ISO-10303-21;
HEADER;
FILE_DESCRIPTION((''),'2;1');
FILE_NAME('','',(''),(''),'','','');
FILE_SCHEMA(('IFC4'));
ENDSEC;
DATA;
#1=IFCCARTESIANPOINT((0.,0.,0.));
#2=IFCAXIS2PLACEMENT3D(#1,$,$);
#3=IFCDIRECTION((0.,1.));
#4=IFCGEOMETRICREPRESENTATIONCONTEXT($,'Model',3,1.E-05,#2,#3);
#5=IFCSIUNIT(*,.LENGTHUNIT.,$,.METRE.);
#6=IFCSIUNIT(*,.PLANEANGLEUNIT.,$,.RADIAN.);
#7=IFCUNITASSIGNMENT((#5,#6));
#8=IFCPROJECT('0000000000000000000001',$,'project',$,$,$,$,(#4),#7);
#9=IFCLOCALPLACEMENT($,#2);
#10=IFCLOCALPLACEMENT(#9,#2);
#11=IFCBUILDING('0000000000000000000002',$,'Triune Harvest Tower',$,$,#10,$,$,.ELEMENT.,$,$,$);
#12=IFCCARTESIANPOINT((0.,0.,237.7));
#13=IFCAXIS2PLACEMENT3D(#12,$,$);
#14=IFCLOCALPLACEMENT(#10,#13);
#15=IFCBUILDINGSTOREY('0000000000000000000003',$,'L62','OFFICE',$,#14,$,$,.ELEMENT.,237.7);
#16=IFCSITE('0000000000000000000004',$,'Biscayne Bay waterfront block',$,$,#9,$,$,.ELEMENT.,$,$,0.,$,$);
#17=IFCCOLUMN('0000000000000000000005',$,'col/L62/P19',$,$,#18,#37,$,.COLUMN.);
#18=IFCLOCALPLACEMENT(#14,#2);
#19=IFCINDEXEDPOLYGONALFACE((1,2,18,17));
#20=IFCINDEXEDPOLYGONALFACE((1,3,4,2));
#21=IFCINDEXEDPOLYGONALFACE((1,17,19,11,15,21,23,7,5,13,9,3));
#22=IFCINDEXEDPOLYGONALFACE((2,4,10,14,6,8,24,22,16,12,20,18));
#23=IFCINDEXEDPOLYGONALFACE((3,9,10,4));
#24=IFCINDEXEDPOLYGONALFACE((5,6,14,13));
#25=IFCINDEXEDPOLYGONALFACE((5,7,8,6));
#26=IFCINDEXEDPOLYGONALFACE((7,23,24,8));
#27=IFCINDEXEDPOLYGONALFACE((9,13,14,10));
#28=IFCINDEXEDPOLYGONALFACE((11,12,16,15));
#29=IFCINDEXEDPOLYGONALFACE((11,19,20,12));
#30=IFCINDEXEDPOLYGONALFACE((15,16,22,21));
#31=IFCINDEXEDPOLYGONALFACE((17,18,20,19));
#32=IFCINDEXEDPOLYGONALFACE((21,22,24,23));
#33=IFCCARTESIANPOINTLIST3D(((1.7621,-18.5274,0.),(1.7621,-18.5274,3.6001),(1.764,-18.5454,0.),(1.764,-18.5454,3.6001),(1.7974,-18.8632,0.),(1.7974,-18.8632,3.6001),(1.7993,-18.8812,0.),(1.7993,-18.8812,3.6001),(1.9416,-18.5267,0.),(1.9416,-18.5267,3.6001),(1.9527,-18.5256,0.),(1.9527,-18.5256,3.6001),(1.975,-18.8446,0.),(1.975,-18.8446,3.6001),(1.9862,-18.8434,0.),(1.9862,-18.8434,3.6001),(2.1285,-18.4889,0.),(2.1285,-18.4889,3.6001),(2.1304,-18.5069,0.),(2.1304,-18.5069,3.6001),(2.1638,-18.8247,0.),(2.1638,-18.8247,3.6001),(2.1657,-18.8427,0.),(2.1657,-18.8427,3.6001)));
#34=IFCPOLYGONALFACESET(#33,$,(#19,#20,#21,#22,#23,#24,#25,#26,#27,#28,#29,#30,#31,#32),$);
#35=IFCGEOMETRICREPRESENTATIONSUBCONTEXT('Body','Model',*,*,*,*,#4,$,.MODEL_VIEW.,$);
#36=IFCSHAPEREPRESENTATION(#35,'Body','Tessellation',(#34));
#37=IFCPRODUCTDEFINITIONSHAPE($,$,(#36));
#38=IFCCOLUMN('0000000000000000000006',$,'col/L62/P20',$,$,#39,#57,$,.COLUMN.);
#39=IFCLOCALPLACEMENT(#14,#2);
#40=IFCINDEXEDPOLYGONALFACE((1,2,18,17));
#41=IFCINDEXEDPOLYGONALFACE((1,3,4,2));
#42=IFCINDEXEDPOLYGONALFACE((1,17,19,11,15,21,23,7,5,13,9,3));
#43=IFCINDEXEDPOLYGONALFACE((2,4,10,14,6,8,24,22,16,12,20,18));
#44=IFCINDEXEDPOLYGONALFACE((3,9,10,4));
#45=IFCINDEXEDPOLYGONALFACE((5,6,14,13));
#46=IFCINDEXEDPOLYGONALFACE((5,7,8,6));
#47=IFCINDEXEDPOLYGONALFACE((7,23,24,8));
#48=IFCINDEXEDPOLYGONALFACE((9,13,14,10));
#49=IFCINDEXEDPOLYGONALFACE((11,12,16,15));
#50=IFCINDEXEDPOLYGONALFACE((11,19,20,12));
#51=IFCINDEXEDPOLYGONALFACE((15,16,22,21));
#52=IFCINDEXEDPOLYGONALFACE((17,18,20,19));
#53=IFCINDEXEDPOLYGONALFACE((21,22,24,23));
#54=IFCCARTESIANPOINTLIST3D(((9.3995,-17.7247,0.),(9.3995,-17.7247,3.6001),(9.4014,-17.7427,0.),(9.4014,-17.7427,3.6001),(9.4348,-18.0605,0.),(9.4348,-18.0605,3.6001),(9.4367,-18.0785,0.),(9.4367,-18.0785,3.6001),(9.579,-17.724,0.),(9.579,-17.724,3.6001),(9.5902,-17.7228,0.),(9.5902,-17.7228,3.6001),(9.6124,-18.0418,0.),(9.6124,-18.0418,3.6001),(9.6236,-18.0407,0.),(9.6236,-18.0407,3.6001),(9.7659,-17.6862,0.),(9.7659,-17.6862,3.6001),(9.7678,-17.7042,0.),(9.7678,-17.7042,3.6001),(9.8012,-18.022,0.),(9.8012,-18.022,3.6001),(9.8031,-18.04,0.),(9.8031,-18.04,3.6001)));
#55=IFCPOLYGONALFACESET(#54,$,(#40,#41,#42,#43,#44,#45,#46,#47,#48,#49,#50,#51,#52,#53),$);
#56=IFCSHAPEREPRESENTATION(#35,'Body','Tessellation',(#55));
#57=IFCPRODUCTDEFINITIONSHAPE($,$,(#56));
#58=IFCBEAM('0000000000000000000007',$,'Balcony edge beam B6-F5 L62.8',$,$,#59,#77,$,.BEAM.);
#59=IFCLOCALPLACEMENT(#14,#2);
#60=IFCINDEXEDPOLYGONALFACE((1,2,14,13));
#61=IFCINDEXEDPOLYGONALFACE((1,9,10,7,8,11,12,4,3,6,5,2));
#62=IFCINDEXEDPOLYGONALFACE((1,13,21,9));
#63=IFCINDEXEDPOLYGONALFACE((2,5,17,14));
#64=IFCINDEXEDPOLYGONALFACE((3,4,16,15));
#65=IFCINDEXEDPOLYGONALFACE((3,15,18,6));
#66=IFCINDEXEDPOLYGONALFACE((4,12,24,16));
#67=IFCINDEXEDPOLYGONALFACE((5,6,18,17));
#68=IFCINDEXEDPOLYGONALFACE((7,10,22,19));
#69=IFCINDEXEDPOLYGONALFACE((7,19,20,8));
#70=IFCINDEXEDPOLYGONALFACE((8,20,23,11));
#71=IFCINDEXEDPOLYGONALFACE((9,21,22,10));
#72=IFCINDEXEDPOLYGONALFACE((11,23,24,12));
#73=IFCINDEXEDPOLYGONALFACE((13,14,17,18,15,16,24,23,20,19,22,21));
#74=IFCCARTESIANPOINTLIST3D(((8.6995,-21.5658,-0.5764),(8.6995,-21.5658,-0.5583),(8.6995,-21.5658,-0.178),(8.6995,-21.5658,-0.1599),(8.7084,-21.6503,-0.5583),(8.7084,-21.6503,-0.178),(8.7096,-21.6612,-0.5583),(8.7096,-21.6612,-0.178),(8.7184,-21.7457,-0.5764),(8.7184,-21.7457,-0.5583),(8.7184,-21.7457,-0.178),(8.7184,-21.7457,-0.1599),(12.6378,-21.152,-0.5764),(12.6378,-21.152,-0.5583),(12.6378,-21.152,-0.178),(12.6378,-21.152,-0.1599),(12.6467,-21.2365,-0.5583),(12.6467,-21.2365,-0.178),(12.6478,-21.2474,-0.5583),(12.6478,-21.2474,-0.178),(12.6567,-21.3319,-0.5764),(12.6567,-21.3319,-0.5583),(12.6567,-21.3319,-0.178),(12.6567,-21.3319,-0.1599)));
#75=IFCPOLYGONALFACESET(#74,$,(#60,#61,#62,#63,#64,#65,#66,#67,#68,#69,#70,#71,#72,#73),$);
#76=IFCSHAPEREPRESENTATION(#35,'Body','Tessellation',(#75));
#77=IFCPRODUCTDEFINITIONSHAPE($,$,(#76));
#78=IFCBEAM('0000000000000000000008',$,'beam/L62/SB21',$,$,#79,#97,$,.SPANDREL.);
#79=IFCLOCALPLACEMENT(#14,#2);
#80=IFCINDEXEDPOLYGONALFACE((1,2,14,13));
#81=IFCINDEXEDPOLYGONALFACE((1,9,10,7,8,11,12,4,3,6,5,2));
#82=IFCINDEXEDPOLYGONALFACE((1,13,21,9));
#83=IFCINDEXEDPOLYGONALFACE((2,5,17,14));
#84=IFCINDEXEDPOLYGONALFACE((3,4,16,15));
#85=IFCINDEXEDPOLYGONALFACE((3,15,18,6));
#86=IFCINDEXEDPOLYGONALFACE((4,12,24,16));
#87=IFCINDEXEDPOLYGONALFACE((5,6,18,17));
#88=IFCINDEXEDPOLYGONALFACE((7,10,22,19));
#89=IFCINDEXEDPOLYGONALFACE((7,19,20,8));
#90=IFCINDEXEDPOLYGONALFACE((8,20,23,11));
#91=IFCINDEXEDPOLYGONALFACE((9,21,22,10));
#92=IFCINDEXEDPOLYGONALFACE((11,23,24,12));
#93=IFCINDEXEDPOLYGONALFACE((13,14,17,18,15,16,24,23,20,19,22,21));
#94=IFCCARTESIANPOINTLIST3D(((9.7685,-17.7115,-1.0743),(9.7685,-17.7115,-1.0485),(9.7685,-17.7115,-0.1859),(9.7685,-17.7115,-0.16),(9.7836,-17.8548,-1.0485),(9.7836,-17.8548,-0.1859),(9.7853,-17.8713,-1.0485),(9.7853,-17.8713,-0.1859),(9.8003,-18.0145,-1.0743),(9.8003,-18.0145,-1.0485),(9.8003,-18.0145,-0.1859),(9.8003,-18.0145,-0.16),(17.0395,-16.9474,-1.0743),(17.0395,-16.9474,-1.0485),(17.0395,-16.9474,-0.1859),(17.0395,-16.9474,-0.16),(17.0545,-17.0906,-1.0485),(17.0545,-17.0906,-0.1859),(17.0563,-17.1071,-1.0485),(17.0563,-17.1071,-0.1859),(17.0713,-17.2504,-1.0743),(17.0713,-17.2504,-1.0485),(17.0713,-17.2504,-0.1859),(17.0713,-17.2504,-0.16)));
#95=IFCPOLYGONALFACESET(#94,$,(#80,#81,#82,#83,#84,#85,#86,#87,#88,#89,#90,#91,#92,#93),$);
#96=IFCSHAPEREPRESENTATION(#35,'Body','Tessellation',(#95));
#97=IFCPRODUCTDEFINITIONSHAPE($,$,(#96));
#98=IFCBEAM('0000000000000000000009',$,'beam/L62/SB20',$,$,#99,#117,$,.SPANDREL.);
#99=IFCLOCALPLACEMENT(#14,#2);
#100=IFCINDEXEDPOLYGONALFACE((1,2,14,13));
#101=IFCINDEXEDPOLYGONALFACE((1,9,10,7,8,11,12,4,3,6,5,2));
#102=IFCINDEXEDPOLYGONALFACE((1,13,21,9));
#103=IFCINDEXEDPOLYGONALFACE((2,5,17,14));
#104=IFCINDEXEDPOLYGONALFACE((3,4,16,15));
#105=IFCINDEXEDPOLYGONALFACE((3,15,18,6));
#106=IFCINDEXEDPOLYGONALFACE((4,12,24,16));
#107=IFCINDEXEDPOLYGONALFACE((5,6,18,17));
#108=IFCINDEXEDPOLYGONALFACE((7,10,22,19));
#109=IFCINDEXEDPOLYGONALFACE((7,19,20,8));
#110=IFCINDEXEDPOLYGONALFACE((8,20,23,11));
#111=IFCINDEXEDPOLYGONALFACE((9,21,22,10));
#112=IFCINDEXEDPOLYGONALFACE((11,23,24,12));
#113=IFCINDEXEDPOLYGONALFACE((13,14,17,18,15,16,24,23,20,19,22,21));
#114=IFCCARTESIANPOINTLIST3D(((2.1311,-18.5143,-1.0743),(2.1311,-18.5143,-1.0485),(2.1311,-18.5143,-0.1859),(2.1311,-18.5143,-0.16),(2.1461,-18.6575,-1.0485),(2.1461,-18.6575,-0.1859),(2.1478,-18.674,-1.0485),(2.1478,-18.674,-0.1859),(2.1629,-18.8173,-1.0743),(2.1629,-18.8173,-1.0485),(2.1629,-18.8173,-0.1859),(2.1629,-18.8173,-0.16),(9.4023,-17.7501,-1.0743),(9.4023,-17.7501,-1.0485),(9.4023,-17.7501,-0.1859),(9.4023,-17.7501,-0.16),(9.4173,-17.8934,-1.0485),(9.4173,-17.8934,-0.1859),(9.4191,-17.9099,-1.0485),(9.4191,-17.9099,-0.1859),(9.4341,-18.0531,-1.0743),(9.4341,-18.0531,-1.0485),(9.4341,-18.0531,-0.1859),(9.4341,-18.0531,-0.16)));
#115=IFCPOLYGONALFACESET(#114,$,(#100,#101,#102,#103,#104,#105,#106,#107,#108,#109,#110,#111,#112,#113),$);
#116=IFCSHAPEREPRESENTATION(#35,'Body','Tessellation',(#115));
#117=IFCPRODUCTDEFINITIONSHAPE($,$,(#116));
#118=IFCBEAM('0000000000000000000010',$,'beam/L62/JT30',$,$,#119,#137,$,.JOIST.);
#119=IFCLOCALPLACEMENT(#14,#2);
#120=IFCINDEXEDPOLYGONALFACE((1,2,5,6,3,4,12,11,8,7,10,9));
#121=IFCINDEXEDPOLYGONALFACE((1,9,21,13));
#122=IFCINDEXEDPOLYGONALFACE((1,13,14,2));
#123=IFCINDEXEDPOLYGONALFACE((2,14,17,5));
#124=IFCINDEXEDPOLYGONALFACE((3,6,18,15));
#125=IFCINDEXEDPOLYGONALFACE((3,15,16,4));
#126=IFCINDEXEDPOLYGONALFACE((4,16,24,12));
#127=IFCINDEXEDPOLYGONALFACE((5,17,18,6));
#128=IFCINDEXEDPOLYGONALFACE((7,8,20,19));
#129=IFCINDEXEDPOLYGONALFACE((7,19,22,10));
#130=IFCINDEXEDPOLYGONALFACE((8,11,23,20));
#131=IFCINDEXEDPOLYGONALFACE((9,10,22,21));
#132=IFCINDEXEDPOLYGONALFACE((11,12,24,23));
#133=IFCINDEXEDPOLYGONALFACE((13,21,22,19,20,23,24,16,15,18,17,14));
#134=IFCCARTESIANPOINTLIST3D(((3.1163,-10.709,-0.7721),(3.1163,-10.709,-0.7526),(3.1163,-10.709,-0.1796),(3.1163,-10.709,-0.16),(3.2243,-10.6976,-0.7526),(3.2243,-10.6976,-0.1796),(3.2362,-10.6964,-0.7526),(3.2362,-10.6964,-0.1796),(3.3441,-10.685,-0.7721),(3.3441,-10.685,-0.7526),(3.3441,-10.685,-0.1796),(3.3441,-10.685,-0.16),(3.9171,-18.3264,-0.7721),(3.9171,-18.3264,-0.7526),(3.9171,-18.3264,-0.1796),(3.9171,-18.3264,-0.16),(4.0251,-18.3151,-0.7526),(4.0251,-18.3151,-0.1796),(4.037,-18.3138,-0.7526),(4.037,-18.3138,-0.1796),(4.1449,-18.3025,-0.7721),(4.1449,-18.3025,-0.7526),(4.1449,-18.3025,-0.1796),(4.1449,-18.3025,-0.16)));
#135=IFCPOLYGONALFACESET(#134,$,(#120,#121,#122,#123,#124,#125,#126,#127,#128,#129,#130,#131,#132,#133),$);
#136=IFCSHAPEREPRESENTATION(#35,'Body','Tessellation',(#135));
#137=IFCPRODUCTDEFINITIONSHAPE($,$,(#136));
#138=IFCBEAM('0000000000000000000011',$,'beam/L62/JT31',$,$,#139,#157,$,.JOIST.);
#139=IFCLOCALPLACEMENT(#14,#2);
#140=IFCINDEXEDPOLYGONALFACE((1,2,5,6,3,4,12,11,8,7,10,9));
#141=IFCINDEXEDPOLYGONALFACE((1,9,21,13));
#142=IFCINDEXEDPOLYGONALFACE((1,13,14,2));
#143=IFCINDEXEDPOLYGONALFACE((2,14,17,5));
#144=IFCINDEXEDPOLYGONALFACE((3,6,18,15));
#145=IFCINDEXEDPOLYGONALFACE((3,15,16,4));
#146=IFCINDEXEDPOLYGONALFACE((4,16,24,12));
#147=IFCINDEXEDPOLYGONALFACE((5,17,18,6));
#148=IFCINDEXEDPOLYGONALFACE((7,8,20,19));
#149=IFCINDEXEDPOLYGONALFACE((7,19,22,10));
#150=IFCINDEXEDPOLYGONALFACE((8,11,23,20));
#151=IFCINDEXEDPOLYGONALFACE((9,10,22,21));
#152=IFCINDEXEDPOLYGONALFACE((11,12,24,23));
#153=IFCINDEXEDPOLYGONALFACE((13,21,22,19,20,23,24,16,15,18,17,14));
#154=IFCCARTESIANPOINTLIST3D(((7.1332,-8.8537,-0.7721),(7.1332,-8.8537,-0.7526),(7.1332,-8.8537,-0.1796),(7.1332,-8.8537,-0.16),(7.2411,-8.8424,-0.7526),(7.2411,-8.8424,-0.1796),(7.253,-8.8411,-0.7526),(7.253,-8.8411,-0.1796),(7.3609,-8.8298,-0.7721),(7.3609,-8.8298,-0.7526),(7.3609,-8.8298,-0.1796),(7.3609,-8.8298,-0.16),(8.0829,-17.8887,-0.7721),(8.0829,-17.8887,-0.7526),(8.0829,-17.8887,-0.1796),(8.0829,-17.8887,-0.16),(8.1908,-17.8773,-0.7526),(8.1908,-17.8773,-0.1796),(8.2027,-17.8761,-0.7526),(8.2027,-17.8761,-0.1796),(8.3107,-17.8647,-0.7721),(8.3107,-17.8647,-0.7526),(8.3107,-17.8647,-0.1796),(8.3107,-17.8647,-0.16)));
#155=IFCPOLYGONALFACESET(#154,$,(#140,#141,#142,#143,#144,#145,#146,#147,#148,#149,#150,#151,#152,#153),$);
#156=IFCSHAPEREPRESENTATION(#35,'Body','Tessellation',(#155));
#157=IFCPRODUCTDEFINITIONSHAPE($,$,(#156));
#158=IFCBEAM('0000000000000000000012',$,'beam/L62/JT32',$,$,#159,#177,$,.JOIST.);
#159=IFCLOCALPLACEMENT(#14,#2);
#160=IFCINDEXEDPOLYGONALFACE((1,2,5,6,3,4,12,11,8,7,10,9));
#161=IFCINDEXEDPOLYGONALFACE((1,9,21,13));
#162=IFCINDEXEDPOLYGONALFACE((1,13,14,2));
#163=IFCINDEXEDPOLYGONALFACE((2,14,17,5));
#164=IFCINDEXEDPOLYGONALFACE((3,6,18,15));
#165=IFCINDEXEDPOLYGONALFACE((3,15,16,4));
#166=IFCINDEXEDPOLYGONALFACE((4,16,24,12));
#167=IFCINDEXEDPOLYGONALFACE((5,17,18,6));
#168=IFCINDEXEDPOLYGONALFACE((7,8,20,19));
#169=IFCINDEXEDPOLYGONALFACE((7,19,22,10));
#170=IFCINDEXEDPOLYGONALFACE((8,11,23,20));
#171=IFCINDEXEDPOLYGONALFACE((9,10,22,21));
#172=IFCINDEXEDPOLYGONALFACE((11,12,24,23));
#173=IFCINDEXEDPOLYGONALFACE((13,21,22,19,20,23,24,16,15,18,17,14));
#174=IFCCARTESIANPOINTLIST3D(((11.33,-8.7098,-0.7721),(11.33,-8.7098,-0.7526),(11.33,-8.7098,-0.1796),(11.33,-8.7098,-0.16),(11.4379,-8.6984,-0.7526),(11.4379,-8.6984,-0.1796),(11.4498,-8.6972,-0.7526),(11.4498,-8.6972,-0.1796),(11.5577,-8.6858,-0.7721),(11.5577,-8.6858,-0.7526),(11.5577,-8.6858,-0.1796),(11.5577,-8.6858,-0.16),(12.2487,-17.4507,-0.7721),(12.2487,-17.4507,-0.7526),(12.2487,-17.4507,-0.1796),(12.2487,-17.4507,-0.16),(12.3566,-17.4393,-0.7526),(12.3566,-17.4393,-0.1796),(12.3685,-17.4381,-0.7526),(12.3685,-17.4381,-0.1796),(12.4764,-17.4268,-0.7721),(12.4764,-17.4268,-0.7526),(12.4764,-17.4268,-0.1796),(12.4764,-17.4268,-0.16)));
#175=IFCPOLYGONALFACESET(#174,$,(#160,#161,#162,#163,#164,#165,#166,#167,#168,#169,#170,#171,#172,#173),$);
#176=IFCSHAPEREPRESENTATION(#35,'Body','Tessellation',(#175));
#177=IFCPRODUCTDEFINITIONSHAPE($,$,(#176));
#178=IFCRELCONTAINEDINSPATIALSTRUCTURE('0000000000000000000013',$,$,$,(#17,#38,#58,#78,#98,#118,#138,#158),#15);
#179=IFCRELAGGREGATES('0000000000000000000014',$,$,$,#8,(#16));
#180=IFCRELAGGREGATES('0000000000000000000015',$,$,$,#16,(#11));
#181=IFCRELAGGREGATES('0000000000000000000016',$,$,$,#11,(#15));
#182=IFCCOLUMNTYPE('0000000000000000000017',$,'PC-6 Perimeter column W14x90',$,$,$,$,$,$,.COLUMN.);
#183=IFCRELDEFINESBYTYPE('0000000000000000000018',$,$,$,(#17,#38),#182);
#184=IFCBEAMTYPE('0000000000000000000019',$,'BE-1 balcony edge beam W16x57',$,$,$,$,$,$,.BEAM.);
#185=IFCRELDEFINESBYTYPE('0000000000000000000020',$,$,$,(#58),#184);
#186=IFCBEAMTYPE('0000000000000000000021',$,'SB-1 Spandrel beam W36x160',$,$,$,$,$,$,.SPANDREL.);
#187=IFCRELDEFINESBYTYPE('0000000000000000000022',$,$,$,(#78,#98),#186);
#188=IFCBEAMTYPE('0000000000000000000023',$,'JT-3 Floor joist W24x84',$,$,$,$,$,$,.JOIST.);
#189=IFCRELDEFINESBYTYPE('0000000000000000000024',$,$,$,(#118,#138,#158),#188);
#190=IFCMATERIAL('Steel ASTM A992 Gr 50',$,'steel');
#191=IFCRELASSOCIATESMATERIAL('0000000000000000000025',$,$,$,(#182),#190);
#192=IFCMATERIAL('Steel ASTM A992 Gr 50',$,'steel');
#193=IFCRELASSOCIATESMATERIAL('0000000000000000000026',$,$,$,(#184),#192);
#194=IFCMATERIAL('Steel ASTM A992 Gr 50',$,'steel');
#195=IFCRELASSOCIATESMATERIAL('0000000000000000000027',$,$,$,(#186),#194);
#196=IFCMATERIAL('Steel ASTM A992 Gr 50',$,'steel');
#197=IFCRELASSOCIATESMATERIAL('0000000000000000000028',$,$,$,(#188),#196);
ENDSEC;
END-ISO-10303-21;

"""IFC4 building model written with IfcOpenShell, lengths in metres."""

from ifc_helpers import new_model, si_unit, direction, frame, origin, origin_2d, place, context, subcontext, project, spatial, i_section, extrude, source, transform, mapped, material, material_profile, profile_set, type_object, element, save


model = new_model("IFC4")

# Units and contexts
model_context = context("Model", 3, precision=1e-05, world=origin(), true_north=direction((0.0, 1.0)))
body_context = subcontext(model_context, "Body", "Model", "MODEL_VIEW")
ifc_project = project(units=[si_unit("LENGTHUNIT", "METRE"), si_unit("PLANEANGLEUNIT", "RADIAN")], contexts=[model_context])

# Site, building, storey
site_placement = place(None, origin())
site = spatial("IfcSite", under=ifc_project, at=site_placement, Name="Biscayne Bay waterfront block", CompositionType="ELEMENT", RefElevation=0.0)
building_placement = place(site_placement, origin())
building = spatial("IfcBuilding", under=site, at=building_placement, Name="Triune Harvest Tower", CompositionType="ELEMENT")
storey_placement = place(building_placement, frame((0.0, 0.0, 237.7)))
storey = spatial("IfcBuildingStorey", under=building, at=storey_placement, Name="L62", Description="OFFICE", CompositionType="ELEMENT", Elevation=237.7)

# Columns
ifc_material_1 = material(Name="Steel ASTM A992 Gr 50", Category="steel")
ifc_material_profile_1 = material_profile(ifc_material_1, i_section(OverallWidth=0.3684, OverallDepth=0.3557, WebThickness=0.0112, FlangeThickness=0.0181, at=origin_2d()), Name="W14x90")
ifc_profile_set_1 = profile_set([ifc_material_profile_1], Name="Steel ASTM A992 Gr 50")
column_type = type_object("IfcColumnType", Name="PC-6 Perimeter column W14x90", PredefinedType="COLUMN", material=ifc_profile_set_1)
shared_shape_1 = source(origin(), body_context, "Body", "SweptSolid", [
    extrude(i_section(OverallWidth=0.3684, OverallDepth=0.3557, WebThickness=0.0112, FlangeThickness=0.0181, at=origin_2d()), origin(), (0.0, 0.0, 1.0), 3.6001),
])
for number, where, z_axis, x_axis, name in (
    (1, (1.9639, -18.6851, 0.0), (0.0, 0.0, 1.0), (0.994522, 0.10453, 0.0), "col/L62/P19"),
    (2, (9.6013, -17.8823, 0.0), (0.0, 0.0, 1.0), (0.994522, 0.10453, 0.0), "col/L62/P20"),
):
    element("IfcColumn", number, at=place(storey_placement, frame(where, z_axis=z_axis, x_axis=x_axis)), inside=storey, type_object=column_type, Name=name, PredefinedType="COLUMN", context=body_context, shape_type="MappedRepresentation", body=[
        mapped(shared_shape_1, transform((0.0, 0.0, 0.0), scale=1.0)),
    ])

# Beams
ifc_material_2 = material(Name="Steel ASTM A992 Gr 50", Category="steel")
ifc_material_profile_2 = material_profile(ifc_material_2, i_section(OverallWidth=0.1809, OverallDepth=0.4165, WebThickness=0.011, FlangeThickness=0.0181, at=origin_2d()), Name="W16x57")
ifc_profile_set_2 = profile_set([ifc_material_profile_2], Name="Steel ASTM A992 Gr 50")
beam_type_1 = type_object("IfcBeamType", Name="BE-1 balcony edge beam W16x57", PredefinedType="BEAM", material=ifc_profile_set_2)
beam_1_placement = place(storey_placement, frame((8.709, -21.6558, -0.3682), z_axis=(0.994525, 0.104502, 0.0), x_axis=(-0.104502, 0.994525, 0.0)))
element("IfcBeam", 3, at=beam_1_placement, inside=storey, type_object=beam_type_1, Name="Balcony edge beam B6-F5 L62.8", PredefinedType="BEAM", context=body_context, shape_type="SweptSolid", body=[
    extrude(i_section(OverallWidth=0.1809, OverallDepth=0.4165, WebThickness=0.011, FlangeThickness=0.0181, at=origin_2d()), origin(), (0.0, 0.0, 1.0), 3.96),
])
ifc_material_3 = material(Name="Steel ASTM A992 Gr 50", Category="steel")
ifc_material_profile_3 = material_profile(ifc_material_3, i_section(OverallWidth=0.3047, OverallDepth=0.9143, WebThickness=0.0166, FlangeThickness=0.0259, at=origin_2d()), Name="W36x160")
ifc_profile_set_3 = profile_set([ifc_material_profile_3], Name="Steel ASTM A992 Gr 50")
beam_type_2 = type_object("IfcBeamType", Name="SB-1 Spandrel beam W36x160", PredefinedType="SPANDREL", material=ifc_profile_set_3)
shared_shape_2 = source(origin(), body_context, "Body", "SweptSolid", [
    extrude(i_section(OverallWidth=0.3047, OverallDepth=0.9143, WebThickness=0.0166, FlangeThickness=0.0259, at=origin_2d()), origin(), (0.0, 0.0, 1.0), 7.311),
])
beam_2_placement = place(storey_placement, frame((9.7844, -17.863, -0.6172), z_axis=(0.994523, 0.104521, 0.0), x_axis=(-0.104521, 0.994523, 0.0)))
element("IfcBeam", 4, at=beam_2_placement, inside=storey, type_object=beam_type_2, Name="beam/L62/SB21", PredefinedType="SPANDREL", context=body_context, shape_type="MappedRepresentation", body=[
    mapped(shared_shape_2, transform((0.0, 0.0, 0.0), scale=1.0)),
])
shared_shape_3 = source(origin(), body_context, "Body", "SweptSolid", [
    extrude(i_section(OverallWidth=0.3047, OverallDepth=0.9143, WebThickness=0.0166, FlangeThickness=0.0259, at=origin_2d()), origin(), (0.0, 0.0, 1.0), 7.3113),
])
beam_3_placement = place(storey_placement, frame((2.147, -18.6658, -0.6172), z_axis=(0.994523, 0.104518, 0.0), x_axis=(-0.104518, 0.994523, 0.0)))
element("IfcBeam", 5, at=beam_3_placement, inside=storey, type_object=beam_type_2, Name="beam/L62/SB20", PredefinedType="SPANDREL", context=body_context, shape_type="MappedRepresentation", body=[
    mapped(shared_shape_3, transform((0.0, 0.0, 0.0), scale=1.0)),
])
ifc_material_4 = material(Name="Steel ASTM A992 Gr 50", Category="steel")
ifc_material_profile_4 = material_profile(ifc_material_4, i_section(OverallWidth=0.229, OverallDepth=0.6121, WebThickness=0.012, FlangeThickness=0.0195, at=origin_2d()), Name="W24x84")
ifc_profile_set_4 = profile_set([ifc_material_profile_4], Name="Steel ASTM A992 Gr 50")
beam_type_3 = type_object("IfcBeamType", Name="JT-3 Floor joist W24x84", PredefinedType="JOIST", material=ifc_profile_set_4)
shared_shape_4 = source(origin(), body_context, "Body", "SweptSolid", [
    extrude(i_section(OverallWidth=0.229, OverallDepth=0.6121, WebThickness=0.012, FlangeThickness=0.0195, at=origin_2d()), origin(), (0.0, 0.0, 1.0), 7.6594),
])
beam_4_placement = place(storey_placement, frame((4.031, -18.3145, -0.4661), z_axis=(-0.104549, 0.99452, 0.0), x_axis=(-0.99452, -0.104549, 0.0)))
element("IfcBeam", 6, at=beam_4_placement, inside=storey, type_object=beam_type_3, Name="beam/L62/JT30", PredefinedType="JOIST", context=body_context, shape_type="MappedRepresentation", body=[
    mapped(shared_shape_4, transform((0.0, 0.0, 0.0), scale=1.0)),
])
shared_shape_5 = source(origin(), body_context, "Body", "SweptSolid", [
    extrude(i_section(OverallWidth=0.229, OverallDepth=0.6121, WebThickness=0.012, FlangeThickness=0.0195, at=origin_2d()), origin(), (0.0, 0.0, 1.0), 9.0847),
])
beam_5_placement = place(storey_placement, frame((8.1968, -17.8767, -0.4661), z_axis=(-0.104539, 0.994521, 0.0), x_axis=(-0.994521, -0.104539, 0.0)))
element("IfcBeam", 7, at=beam_5_placement, inside=storey, type_object=beam_type_3, Name="beam/L62/JT31", PredefinedType="JOIST", context=body_context, shape_type="MappedRepresentation", body=[
    mapped(shared_shape_5, transform((0.0, 0.0, 0.0), scale=1.0)),
])
shared_shape_6 = source(origin(), body_context, "Body", "SweptSolid", [
    extrude(i_section(OverallWidth=0.229, OverallDepth=0.6121, WebThickness=0.012, FlangeThickness=0.0195, at=origin_2d()), origin(), (0.0, 0.0, 1.0), 8.7891),
])
beam_6_placement = place(storey_placement, frame((12.3625, -17.4387, -0.4661), z_axis=(-0.104527, 0.994522, 0.0), x_axis=(-0.994522, -0.104527, 0.0)))
element("IfcBeam", 8, at=beam_6_placement, inside=storey, type_object=beam_type_3, Name="beam/L62/JT32", PredefinedType="JOIST", context=body_context, shape_type="MappedRepresentation", body=[
    mapped(shared_shape_6, transform((0.0, 0.0, 0.0), scale=1.0)),
])

save(model, "model.ifc")
